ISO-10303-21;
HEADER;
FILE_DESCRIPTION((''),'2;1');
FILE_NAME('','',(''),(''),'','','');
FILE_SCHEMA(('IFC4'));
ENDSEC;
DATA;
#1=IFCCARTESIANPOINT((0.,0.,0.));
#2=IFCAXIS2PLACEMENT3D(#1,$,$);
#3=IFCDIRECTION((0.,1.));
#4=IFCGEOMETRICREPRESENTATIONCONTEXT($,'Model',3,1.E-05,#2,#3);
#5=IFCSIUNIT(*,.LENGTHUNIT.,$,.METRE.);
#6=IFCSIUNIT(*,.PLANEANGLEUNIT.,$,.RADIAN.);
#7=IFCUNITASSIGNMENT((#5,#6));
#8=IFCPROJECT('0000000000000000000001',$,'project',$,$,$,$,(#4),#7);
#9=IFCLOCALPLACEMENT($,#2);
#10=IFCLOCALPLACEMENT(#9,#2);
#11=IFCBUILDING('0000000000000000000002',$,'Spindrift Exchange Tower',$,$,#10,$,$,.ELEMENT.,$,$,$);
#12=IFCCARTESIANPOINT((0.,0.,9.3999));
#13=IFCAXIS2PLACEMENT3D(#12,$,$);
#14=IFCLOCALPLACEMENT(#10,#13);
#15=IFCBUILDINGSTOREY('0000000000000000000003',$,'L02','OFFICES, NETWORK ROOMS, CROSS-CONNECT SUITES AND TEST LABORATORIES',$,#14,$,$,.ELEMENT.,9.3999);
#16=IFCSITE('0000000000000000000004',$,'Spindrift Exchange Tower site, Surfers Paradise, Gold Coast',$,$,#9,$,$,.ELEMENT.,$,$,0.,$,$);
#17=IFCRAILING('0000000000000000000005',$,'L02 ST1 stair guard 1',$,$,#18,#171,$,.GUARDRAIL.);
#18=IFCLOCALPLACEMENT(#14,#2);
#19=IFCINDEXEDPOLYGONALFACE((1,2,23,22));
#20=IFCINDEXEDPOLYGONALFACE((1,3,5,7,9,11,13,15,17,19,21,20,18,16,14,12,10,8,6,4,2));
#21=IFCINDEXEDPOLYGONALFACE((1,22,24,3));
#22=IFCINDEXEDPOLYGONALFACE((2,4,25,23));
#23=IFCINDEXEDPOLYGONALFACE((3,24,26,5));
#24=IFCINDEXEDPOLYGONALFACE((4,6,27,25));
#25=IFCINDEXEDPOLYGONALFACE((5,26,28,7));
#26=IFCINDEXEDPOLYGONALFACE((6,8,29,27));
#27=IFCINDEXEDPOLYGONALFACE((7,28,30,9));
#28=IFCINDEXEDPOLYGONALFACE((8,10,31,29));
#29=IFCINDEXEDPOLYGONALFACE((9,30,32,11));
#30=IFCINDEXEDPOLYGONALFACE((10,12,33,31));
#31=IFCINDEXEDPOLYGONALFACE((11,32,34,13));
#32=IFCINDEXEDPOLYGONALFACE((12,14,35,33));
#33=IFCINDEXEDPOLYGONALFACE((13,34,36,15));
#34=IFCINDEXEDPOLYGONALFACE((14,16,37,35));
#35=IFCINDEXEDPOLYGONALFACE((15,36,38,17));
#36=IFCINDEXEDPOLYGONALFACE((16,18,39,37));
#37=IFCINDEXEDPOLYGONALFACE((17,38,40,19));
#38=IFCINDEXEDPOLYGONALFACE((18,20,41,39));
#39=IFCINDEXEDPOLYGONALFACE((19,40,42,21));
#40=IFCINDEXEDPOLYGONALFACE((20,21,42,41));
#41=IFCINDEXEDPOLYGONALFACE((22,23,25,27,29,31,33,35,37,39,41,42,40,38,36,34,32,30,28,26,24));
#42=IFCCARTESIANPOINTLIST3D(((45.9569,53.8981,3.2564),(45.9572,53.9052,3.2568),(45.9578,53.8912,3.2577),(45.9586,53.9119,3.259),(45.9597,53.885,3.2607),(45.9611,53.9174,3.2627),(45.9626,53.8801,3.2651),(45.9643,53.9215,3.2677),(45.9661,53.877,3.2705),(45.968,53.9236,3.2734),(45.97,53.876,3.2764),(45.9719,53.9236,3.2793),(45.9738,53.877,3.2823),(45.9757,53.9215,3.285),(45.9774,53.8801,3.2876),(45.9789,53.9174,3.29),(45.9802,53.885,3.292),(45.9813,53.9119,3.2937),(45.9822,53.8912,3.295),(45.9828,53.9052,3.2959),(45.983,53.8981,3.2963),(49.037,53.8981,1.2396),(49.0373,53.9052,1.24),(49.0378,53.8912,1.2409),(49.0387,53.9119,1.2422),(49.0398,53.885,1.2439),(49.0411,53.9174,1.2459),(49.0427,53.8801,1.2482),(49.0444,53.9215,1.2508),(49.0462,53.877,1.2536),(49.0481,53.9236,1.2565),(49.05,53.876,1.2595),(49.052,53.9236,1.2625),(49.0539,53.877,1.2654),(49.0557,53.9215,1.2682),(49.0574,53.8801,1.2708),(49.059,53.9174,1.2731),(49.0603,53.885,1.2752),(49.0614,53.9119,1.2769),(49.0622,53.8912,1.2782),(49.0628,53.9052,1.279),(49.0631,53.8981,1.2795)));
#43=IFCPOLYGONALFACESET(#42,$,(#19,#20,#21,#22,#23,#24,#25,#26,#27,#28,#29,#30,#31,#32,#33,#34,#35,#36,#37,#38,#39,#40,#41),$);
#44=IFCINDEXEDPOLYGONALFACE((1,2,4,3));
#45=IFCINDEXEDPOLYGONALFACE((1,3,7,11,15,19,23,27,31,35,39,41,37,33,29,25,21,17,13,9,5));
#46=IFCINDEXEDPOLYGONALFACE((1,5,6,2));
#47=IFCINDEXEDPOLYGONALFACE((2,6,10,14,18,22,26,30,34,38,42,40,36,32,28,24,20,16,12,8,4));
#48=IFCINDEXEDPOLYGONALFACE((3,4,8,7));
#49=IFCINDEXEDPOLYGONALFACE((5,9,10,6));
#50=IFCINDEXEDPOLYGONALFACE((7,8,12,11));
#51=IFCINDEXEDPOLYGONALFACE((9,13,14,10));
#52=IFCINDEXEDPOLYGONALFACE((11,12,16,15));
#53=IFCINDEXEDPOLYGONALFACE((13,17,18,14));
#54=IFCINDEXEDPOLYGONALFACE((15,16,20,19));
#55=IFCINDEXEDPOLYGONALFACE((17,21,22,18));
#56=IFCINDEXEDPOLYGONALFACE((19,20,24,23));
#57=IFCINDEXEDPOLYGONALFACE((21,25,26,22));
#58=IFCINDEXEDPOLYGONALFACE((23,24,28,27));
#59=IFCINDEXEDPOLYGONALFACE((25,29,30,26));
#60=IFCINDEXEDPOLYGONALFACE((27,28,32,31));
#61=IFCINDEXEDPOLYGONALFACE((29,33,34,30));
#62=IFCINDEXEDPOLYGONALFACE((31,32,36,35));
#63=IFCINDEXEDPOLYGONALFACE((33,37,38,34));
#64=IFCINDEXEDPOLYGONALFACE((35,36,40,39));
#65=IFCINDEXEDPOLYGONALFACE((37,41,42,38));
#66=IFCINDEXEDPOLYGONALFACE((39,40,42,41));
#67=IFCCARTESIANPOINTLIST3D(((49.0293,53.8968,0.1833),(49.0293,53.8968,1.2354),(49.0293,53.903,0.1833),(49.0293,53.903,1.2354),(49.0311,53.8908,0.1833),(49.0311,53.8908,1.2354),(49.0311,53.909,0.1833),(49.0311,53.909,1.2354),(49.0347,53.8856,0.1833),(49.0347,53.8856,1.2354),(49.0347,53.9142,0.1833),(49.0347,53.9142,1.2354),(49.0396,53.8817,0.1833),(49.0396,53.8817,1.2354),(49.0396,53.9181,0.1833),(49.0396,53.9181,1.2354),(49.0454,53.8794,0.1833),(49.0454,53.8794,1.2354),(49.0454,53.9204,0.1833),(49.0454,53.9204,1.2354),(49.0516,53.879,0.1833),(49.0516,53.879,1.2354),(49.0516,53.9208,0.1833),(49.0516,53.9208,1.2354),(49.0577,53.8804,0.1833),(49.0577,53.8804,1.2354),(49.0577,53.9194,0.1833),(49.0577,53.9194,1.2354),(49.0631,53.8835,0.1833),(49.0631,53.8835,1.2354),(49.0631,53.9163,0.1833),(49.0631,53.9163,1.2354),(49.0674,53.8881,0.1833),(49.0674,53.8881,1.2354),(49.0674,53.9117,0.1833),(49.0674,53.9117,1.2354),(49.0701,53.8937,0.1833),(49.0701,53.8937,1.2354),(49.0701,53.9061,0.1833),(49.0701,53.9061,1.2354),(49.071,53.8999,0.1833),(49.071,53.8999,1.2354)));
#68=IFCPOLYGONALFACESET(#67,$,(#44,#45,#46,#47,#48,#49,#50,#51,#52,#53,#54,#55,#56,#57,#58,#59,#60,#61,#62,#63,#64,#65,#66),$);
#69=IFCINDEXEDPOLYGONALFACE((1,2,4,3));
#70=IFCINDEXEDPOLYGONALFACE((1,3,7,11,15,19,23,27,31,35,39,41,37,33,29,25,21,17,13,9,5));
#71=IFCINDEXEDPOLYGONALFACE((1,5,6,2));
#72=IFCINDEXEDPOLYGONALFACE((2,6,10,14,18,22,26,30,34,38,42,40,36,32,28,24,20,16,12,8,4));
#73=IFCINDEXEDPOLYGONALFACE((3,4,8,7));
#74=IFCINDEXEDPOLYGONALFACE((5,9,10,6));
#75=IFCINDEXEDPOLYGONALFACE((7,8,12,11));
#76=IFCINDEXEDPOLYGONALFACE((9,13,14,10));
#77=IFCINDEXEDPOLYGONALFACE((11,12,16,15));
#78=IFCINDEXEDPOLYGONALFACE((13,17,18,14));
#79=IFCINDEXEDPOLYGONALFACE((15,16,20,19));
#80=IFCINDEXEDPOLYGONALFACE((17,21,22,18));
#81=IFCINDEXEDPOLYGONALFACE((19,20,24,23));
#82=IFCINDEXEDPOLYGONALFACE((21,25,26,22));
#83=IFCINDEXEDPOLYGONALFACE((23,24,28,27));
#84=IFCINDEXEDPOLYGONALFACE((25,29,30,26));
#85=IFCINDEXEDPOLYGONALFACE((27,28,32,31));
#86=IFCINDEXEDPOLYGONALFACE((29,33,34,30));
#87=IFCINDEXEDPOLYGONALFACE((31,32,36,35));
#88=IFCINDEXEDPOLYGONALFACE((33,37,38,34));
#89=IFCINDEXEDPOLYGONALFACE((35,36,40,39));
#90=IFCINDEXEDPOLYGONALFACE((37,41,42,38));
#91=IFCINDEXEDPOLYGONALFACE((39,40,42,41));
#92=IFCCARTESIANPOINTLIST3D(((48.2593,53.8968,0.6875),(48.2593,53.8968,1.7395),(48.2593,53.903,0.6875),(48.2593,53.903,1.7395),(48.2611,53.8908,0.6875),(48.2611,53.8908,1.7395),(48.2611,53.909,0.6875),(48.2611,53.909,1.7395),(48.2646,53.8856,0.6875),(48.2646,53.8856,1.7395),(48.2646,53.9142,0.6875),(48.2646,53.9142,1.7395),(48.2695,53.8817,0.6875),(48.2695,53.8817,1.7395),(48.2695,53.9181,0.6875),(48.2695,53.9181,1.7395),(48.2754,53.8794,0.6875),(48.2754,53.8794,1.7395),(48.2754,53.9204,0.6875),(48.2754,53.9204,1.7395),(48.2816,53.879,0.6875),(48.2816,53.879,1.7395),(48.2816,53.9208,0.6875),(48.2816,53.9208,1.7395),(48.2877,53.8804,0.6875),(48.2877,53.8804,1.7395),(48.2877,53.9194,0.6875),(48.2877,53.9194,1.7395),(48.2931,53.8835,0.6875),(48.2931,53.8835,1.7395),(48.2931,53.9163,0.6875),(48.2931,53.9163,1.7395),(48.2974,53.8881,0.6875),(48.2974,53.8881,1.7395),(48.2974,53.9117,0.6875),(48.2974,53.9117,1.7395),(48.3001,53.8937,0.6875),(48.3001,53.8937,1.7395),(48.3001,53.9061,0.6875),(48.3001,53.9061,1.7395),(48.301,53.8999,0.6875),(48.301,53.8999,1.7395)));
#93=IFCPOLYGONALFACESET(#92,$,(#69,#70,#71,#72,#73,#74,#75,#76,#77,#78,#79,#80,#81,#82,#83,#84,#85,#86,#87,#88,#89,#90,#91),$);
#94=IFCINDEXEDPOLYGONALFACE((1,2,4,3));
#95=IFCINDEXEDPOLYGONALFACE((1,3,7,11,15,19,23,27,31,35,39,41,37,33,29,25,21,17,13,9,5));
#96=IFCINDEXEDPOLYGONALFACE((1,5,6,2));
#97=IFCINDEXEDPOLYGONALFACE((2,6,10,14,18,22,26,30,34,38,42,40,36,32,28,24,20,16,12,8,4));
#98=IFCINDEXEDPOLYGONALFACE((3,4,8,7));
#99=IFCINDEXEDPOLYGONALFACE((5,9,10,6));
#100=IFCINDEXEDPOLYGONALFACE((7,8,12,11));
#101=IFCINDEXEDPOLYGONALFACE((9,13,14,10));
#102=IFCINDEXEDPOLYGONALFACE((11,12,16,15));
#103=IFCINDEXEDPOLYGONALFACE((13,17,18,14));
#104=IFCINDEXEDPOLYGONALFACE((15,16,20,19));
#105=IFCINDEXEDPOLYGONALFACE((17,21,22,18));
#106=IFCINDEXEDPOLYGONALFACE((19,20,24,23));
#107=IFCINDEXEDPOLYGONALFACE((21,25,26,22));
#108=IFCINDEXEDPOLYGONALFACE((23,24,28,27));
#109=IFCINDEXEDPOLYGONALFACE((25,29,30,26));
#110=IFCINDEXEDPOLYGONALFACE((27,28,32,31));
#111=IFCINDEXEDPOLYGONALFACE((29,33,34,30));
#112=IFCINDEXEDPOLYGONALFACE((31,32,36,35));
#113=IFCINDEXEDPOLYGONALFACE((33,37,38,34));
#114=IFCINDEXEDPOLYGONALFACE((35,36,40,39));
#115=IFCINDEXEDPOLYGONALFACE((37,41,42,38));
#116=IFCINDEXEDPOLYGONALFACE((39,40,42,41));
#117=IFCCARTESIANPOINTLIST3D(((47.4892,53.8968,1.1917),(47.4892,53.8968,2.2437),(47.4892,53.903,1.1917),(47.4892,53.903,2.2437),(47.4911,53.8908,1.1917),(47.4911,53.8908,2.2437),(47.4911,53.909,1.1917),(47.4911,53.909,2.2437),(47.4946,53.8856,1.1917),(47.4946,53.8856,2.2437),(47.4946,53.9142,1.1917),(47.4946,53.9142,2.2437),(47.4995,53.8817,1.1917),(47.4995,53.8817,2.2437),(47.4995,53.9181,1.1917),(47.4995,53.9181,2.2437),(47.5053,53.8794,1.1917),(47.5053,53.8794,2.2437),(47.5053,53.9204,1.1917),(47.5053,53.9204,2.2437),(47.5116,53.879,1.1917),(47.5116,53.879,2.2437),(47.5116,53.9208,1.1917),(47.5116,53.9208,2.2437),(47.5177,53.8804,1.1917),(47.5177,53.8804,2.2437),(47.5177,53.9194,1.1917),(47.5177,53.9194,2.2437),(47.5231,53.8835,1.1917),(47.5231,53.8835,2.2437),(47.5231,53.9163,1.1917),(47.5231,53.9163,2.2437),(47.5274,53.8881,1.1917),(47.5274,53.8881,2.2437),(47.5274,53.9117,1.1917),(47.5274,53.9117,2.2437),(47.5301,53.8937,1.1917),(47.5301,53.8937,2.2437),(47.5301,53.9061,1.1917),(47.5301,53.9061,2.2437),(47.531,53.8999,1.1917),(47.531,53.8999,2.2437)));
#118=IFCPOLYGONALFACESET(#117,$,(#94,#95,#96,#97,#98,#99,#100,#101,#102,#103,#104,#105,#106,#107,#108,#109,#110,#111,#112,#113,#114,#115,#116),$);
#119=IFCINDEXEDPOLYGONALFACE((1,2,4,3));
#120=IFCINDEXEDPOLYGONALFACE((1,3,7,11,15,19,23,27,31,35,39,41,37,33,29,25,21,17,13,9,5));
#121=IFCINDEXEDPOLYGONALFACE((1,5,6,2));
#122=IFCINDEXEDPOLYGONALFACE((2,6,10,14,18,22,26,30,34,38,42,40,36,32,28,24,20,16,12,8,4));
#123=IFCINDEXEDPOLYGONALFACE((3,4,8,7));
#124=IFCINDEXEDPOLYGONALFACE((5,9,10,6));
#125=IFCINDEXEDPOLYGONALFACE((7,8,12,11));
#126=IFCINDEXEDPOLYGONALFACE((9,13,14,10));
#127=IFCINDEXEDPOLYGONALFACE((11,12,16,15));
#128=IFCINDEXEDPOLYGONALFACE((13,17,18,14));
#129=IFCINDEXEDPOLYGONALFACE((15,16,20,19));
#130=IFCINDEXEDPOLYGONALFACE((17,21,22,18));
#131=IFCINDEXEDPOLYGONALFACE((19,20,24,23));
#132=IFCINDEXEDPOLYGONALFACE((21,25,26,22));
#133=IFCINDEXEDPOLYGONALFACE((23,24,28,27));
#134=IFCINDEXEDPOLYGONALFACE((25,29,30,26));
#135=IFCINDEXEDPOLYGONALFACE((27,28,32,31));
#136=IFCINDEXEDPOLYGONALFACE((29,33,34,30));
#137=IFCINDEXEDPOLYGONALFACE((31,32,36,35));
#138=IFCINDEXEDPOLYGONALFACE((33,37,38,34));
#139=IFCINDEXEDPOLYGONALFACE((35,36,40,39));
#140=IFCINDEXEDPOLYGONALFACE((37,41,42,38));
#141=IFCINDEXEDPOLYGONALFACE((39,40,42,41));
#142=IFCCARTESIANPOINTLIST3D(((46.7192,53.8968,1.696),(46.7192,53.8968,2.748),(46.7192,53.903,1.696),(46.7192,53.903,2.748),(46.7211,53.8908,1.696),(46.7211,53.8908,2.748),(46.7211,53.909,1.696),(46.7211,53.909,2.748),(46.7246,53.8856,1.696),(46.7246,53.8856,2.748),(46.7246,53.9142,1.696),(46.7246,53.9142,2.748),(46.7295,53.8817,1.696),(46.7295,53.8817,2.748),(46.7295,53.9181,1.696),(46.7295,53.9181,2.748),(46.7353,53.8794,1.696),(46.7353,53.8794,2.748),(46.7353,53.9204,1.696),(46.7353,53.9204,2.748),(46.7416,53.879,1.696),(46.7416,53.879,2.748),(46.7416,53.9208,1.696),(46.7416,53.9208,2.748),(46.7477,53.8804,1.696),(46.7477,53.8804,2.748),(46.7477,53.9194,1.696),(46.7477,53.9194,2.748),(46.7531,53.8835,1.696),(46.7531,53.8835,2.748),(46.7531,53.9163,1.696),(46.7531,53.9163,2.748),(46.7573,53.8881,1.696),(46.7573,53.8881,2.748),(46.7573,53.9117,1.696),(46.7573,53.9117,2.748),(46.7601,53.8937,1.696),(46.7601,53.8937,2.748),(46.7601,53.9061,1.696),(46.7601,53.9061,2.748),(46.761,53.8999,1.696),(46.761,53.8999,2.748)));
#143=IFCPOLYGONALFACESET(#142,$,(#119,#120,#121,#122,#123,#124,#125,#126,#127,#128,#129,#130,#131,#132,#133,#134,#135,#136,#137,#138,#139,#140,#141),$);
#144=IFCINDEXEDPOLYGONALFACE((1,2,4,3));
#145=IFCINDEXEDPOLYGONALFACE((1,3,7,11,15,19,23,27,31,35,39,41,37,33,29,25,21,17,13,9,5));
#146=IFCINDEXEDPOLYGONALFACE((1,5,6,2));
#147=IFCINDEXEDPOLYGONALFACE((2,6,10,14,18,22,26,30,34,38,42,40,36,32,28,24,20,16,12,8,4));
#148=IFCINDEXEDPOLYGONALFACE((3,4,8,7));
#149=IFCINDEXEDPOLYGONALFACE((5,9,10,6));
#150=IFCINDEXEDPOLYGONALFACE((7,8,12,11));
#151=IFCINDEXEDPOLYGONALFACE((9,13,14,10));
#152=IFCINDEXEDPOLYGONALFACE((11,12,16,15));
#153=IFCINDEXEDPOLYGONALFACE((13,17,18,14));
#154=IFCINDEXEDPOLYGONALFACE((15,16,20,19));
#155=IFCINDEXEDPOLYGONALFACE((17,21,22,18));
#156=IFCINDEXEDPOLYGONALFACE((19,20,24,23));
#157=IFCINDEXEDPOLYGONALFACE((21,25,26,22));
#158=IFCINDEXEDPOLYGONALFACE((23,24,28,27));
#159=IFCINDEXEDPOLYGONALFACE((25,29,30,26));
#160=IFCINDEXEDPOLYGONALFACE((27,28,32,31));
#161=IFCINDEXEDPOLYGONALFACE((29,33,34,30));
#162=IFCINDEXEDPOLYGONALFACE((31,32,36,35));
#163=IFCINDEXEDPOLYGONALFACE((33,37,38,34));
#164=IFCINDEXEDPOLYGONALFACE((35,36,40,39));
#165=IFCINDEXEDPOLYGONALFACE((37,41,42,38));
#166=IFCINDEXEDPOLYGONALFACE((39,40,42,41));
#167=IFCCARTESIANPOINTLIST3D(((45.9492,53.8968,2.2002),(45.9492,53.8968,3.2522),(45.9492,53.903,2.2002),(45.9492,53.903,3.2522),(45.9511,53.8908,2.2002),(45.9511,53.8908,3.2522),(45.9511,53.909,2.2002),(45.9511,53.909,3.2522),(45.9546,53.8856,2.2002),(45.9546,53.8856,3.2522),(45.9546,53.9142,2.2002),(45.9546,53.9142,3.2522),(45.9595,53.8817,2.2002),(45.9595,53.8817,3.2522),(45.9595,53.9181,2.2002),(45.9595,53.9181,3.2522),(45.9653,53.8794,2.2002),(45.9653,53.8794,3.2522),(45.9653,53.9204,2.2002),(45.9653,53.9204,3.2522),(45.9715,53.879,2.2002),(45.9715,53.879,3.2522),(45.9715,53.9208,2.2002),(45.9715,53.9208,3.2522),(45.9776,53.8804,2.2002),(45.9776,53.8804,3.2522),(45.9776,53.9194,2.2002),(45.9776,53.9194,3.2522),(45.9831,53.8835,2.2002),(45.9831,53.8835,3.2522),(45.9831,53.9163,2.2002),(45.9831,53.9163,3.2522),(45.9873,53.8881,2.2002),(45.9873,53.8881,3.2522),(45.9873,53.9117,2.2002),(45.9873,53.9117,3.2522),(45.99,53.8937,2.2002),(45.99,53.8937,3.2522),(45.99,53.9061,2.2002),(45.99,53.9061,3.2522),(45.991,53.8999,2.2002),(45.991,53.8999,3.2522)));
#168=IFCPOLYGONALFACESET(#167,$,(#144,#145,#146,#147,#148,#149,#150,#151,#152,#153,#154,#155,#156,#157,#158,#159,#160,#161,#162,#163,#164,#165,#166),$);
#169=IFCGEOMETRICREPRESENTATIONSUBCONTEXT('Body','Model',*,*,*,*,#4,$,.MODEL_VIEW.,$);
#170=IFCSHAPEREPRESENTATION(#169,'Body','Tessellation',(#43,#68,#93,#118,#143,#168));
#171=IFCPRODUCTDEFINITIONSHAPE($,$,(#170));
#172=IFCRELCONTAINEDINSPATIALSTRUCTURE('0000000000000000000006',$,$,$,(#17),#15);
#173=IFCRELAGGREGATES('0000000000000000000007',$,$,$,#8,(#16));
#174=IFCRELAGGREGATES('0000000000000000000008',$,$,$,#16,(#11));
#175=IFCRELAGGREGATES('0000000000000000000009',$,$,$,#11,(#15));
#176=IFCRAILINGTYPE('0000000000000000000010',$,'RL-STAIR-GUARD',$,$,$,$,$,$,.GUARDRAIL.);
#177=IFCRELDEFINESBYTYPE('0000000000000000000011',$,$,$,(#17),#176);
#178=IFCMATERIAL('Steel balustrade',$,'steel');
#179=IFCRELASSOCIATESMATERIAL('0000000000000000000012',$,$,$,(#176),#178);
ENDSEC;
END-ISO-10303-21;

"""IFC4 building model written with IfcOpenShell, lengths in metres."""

from ifc_helpers import new_model, si_unit, direction, frame, origin, origin_2d, place, context, subcontext, project, spatial, circle, extrude, material, type_object, element, save


model = new_model("IFC4")

# Units and contexts
model_context = context("Model", 3, precision=1e-05, world=origin(), true_north=direction((0.0, 1.0)))
body_context = subcontext(model_context, "Body", "Model", "MODEL_VIEW")
ifc_project = project(units=[si_unit("LENGTHUNIT", "METRE"), si_unit("PLANEANGLEUNIT", "RADIAN")], contexts=[model_context])

# Site, building, storey
site_placement = place(None, origin())
site = spatial("IfcSite", under=ifc_project, at=site_placement, Name="Spindrift Exchange Tower site, Surfers Paradise, Gold Coast", CompositionType="ELEMENT", RefElevation=0.0)
building_placement = place(site_placement, origin())
building = spatial("IfcBuilding", under=site, at=building_placement, Name="Spindrift Exchange Tower", CompositionType="ELEMENT")
storey_placement = place(building_placement, frame((0.0, 0.0, 9.3999)))
storey = spatial("IfcBuildingStorey", under=building, at=storey_placement, Name="L02", Description="OFFICES, NETWORK ROOMS, CROSS-CONNECT SUITES AND TEST LABORATORIES", CompositionType="ELEMENT", Elevation=9.3999)

# Railing
ifc_material_1 = material(Name="Steel balustrade", Category="steel")
railing_type_1 = type_object("IfcRailingType", Name="RL-STAIR-GUARD", PredefinedType="GUARDRAIL", material=ifc_material_1)
railing_1_placement = place(storey_placement, frame((49.05, 53.8999, 0.1833)))
element("IfcRailing", 1, at=railing_1_placement, inside=storey, type_object=railing_type_1, Name="L02 ST1 stair guard 1", PredefinedType="GUARDRAIL", context=body_context, shape_type="SweptSolid", body=[
    extrude(circle(Radius=0.0239, at=origin_2d()), frame((0.0, 0.0, 1.0762), z_axis=(-0.836603, 0.0, 0.54781), x_axis=(0.0, -1.0, 0.0)), (0.0, 0.0, 1.0), 3.6816),
    extrude(circle(Radius=0.021, at=origin_2d()), origin(), (0.0, 0.0, 1.0), 1.052),
    extrude(circle(Radius=0.021, at=origin_2d()), frame((-0.77, 0.0, 0.5042)), (0.0, 0.0, 1.0), 1.052),
    extrude(circle(Radius=0.021, at=origin_2d()), frame((-1.54, 0.0, 1.0083)), (0.0, 0.0, 1.0), 1.052),
    extrude(circle(Radius=0.021, at=origin_2d()), frame((-2.3101, 0.0, 1.5127)), (0.0, 0.0, 1.0), 1.052),
    extrude(circle(Radius=0.021, at=origin_2d()), frame((-3.0801, 0.0, 2.0168)), (0.0, 0.0, 1.0), 1.052),
])

save(model, "model.ifc")
